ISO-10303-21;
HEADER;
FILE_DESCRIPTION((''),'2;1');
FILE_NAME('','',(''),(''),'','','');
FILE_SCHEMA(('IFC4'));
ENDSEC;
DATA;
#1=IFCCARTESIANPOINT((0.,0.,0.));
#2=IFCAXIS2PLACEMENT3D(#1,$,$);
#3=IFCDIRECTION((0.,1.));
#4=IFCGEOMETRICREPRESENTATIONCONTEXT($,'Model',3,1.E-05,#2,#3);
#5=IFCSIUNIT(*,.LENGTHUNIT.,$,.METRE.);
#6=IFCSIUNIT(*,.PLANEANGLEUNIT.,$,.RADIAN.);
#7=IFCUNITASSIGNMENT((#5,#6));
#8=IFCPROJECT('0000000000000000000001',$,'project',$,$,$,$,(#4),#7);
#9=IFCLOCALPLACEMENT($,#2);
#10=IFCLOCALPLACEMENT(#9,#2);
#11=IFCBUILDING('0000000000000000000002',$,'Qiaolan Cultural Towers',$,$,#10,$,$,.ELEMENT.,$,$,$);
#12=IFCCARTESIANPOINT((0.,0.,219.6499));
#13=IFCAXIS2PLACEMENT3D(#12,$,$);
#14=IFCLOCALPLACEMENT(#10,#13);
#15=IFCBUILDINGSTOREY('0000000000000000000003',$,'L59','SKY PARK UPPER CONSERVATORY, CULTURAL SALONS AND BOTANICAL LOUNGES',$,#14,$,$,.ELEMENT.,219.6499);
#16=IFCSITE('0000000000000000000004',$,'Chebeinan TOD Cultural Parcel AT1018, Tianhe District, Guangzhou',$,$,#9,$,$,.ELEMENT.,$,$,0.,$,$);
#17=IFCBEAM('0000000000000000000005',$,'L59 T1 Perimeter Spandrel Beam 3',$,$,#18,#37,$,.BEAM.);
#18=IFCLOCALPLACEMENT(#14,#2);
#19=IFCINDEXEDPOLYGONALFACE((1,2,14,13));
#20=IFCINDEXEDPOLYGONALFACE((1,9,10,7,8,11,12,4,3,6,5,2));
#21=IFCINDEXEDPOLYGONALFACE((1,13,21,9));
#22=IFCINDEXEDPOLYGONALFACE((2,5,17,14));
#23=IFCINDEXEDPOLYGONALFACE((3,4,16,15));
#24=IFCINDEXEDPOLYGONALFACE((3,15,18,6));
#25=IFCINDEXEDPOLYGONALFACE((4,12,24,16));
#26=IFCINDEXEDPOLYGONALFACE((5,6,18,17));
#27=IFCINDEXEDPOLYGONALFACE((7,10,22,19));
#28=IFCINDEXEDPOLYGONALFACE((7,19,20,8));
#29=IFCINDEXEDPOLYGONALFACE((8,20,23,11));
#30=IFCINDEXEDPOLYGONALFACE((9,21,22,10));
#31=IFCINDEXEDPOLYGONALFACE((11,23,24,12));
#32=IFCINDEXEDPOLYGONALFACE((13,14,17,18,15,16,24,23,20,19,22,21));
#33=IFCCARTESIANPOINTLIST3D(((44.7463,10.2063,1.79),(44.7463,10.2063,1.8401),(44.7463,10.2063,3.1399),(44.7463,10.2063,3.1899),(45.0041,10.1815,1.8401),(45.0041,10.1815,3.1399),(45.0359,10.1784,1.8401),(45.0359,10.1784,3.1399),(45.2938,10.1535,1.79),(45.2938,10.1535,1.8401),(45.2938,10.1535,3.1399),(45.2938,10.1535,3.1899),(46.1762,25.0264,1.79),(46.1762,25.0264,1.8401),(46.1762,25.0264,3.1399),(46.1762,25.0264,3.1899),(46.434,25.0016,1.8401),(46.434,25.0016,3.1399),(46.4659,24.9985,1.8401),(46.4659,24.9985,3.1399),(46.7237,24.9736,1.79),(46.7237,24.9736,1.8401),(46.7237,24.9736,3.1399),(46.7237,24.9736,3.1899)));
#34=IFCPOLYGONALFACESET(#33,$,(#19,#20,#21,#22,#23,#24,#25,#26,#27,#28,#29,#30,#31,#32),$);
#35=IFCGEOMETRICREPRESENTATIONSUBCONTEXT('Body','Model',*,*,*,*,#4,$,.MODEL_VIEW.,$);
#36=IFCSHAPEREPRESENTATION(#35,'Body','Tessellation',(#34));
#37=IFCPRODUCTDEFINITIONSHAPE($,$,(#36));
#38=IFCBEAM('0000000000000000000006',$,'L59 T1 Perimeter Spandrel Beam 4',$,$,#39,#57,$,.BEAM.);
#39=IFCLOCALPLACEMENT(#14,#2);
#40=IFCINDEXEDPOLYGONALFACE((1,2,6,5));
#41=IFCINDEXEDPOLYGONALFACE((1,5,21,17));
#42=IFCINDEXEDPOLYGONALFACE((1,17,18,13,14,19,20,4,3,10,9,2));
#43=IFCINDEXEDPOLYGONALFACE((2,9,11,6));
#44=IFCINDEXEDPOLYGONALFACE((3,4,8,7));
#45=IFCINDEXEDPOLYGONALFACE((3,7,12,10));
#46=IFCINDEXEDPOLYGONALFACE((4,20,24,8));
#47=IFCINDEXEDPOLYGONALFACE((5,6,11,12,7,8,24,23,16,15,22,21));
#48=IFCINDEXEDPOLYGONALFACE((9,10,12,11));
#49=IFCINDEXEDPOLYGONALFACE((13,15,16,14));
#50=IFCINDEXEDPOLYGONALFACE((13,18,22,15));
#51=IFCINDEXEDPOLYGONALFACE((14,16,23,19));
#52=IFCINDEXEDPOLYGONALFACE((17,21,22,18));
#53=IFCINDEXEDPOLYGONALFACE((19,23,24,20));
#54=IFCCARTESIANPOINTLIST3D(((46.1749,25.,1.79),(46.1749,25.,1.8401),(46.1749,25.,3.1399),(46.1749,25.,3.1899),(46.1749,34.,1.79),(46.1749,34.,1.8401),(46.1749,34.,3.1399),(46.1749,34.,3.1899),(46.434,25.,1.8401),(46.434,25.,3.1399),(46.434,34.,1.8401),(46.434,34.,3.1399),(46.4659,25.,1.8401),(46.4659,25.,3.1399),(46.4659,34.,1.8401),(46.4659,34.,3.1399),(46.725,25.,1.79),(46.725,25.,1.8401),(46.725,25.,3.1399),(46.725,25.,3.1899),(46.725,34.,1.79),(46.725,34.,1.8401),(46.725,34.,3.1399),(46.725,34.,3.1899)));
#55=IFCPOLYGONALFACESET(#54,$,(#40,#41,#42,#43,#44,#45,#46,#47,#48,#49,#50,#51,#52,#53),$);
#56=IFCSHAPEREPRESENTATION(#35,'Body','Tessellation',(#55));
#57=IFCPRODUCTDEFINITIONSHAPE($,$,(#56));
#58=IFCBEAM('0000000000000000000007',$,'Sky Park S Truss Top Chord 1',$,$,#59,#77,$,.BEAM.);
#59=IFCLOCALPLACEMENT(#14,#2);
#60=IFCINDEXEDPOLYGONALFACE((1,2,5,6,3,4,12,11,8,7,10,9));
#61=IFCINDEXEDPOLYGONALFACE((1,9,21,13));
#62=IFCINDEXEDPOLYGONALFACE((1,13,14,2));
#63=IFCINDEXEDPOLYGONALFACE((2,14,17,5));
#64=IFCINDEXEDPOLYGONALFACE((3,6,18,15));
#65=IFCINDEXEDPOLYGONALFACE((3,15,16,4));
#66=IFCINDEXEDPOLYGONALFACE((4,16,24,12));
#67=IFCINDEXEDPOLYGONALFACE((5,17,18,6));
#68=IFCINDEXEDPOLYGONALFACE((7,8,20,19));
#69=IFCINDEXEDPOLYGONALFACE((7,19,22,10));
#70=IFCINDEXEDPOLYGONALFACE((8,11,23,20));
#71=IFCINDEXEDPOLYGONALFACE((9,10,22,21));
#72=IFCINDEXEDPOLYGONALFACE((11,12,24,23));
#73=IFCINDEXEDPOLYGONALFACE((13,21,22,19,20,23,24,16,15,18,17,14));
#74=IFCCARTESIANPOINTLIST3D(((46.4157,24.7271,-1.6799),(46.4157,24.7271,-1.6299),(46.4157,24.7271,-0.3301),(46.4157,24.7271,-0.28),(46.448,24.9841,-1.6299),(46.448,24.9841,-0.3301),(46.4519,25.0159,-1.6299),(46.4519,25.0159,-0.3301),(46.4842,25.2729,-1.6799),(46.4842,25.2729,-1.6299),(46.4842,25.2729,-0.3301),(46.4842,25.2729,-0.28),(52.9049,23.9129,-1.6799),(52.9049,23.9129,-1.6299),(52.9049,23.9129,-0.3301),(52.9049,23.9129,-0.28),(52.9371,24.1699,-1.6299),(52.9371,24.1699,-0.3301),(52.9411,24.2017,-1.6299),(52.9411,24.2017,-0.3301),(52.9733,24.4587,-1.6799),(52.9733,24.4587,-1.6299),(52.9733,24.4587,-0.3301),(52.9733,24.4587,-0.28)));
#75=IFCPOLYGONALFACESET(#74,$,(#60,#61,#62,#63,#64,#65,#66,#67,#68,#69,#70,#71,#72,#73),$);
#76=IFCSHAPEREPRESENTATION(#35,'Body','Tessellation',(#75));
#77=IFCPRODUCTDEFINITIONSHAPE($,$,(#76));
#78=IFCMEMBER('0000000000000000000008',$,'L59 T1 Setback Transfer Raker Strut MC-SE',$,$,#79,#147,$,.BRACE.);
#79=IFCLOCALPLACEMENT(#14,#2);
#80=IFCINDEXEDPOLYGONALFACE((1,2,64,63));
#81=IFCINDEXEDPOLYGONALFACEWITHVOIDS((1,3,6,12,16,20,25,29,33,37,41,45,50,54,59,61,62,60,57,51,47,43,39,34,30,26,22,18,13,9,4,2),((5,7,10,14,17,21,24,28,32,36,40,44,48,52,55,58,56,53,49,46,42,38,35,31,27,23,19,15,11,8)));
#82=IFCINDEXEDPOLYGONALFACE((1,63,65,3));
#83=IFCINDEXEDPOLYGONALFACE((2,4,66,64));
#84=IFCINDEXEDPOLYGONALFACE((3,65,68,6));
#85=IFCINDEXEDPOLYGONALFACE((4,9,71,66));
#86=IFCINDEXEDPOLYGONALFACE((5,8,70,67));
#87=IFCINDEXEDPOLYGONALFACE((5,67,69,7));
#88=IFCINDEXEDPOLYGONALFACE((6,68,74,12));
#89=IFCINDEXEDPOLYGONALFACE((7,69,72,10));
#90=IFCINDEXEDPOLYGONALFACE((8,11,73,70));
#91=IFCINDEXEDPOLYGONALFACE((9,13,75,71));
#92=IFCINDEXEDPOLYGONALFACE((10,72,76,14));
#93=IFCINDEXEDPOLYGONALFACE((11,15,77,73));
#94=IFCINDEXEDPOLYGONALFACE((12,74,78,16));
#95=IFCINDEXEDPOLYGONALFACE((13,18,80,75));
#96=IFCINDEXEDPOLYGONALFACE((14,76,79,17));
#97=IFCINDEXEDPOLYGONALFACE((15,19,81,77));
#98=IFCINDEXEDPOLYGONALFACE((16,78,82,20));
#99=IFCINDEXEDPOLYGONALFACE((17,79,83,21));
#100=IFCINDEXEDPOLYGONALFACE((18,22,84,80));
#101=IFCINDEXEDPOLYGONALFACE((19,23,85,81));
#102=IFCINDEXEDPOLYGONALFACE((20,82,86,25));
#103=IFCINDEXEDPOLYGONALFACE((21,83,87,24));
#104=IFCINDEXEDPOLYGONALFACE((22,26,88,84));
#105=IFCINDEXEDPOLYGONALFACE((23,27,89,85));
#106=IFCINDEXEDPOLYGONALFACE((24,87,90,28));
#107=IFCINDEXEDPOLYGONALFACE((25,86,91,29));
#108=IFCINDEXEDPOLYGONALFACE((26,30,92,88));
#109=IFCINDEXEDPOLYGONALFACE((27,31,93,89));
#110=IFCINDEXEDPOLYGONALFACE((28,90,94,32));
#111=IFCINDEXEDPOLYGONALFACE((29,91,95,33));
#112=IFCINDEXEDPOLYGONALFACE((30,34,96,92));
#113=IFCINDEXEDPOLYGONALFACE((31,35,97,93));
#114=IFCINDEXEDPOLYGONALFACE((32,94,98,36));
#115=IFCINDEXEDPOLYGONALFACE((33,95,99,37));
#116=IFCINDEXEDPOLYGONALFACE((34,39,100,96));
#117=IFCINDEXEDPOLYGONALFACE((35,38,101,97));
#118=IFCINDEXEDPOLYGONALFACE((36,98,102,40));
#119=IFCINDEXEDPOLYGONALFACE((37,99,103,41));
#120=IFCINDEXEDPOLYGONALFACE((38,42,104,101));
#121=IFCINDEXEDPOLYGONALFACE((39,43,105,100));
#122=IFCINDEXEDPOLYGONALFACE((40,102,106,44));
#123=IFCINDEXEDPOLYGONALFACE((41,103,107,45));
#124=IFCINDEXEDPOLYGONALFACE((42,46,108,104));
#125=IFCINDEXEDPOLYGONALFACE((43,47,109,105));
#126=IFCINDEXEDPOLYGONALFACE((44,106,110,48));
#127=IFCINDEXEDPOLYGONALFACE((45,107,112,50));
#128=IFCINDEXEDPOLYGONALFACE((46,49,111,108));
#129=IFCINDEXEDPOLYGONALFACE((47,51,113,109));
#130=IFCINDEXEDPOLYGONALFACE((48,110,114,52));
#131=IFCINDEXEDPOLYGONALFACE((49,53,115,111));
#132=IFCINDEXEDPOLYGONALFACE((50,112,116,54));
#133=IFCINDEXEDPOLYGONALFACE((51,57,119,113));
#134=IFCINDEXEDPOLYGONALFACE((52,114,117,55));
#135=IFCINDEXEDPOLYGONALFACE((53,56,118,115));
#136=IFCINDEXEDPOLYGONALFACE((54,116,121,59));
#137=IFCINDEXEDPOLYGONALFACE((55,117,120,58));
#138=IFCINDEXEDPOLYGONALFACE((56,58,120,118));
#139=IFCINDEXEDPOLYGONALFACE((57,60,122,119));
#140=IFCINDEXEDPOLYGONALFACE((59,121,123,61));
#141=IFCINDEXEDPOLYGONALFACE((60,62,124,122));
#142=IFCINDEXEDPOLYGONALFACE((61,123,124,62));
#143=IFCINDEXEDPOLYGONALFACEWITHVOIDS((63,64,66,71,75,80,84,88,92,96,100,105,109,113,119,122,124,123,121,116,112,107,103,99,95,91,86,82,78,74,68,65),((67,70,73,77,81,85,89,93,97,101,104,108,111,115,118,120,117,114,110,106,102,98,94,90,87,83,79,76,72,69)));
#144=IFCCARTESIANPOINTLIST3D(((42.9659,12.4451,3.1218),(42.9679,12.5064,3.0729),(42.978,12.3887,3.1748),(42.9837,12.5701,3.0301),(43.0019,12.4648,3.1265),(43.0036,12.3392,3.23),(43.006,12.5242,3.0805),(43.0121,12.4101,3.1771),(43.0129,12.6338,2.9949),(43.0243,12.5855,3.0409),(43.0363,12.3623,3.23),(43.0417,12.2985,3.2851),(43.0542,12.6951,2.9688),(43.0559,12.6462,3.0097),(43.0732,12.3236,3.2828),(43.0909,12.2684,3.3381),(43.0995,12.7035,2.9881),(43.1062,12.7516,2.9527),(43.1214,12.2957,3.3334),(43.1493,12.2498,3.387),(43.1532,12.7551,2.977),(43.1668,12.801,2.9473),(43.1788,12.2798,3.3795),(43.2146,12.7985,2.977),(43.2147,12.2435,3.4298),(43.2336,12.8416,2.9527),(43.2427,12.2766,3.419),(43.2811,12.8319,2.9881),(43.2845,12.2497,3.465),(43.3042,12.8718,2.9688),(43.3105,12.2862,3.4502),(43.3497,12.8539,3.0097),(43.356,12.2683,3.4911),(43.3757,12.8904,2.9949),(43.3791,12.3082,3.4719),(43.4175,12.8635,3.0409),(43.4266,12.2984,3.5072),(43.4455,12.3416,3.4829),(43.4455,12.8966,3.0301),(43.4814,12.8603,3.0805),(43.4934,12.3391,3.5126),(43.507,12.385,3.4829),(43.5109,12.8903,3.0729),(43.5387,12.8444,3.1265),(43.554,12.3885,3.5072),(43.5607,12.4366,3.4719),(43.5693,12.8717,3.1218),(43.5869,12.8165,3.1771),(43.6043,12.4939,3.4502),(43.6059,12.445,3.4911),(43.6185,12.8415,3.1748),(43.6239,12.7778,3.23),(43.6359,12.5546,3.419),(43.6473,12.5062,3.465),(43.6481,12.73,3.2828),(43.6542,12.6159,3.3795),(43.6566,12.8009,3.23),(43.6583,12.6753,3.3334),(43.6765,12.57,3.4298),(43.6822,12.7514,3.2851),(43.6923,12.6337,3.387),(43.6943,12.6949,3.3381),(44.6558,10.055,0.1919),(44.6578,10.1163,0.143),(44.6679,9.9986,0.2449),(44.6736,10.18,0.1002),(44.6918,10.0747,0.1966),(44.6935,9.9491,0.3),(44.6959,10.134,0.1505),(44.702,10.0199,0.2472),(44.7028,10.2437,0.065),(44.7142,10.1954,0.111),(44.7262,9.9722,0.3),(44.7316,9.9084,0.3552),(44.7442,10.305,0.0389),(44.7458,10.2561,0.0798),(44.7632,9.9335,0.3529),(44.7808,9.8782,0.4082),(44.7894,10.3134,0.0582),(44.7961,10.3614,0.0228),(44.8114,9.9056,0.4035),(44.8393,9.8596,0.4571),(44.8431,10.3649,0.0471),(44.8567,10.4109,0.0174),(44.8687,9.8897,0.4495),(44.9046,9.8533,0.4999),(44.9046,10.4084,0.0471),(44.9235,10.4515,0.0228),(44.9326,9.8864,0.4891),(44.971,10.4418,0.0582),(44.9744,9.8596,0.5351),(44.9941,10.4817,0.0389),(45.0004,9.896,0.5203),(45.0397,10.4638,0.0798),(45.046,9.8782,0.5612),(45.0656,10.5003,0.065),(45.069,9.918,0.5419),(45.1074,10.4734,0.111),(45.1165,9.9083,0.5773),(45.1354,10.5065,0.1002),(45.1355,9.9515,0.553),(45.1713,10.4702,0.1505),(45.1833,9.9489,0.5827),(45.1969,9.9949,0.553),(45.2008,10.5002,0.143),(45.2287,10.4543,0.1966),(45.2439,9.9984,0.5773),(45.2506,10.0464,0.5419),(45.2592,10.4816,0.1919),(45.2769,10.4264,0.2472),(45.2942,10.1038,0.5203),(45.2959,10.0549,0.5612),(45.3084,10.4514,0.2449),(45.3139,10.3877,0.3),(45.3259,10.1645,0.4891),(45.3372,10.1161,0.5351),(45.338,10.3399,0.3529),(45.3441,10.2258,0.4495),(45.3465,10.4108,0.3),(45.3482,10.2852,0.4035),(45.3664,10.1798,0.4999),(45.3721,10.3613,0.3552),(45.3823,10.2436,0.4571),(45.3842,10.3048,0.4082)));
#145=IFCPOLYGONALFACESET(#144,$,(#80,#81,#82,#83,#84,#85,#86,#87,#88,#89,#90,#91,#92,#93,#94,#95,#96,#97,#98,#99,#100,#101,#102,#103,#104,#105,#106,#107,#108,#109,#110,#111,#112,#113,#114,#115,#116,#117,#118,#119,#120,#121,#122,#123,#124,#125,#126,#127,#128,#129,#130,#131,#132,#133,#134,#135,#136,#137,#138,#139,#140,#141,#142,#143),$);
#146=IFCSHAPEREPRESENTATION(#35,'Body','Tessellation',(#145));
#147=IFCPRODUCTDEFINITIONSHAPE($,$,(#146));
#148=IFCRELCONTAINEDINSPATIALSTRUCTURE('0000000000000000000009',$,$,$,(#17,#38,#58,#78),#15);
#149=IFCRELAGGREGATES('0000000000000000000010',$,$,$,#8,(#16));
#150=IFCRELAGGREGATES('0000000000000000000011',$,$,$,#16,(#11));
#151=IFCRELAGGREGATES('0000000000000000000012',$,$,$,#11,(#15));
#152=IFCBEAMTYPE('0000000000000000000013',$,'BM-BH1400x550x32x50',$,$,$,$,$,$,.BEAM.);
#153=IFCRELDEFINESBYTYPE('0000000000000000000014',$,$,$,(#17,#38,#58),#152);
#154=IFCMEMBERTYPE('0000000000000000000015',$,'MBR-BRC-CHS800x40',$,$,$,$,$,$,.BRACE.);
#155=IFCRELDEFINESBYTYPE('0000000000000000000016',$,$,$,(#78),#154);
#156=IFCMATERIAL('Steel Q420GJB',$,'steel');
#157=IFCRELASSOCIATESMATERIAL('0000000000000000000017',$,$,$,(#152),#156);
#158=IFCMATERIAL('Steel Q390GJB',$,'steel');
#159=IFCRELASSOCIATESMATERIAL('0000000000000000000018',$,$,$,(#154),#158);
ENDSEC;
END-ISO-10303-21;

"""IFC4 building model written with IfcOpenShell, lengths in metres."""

from ifc_helpers import new_model, si_unit, direction, frame, origin, origin_2d, place, context, subcontext, project, spatial, hollow_circle, i_section, extrude, material, material_profile, profile_set, type_object, element, save


model = new_model("IFC4")

# Units and contexts
model_context = context("Model", 3, precision=1e-05, world=origin(), true_north=direction((0.0, 1.0)))
body_context = subcontext(model_context, "Body", "Model", "MODEL_VIEW")
ifc_project = project(units=[si_unit("LENGTHUNIT", "METRE"), si_unit("PLANEANGLEUNIT", "RADIAN")], contexts=[model_context])

# Site, building, storey
site_placement = place(None, origin())
site = spatial("IfcSite", under=ifc_project, at=site_placement, Name="Chebeinan TOD Cultural Parcel AT1018, Tianhe District, Guangzhou", CompositionType="ELEMENT", RefElevation=0.0)
building_placement = place(site_placement, origin())
building = spatial("IfcBuilding", under=site, at=building_placement, Name="Qiaolan Cultural Towers", CompositionType="ELEMENT")
storey_placement = place(building_placement, frame((0.0, 0.0, 219.6499)))
storey = spatial("IfcBuildingStorey", under=building, at=storey_placement, Name="L59", Description="SKY PARK UPPER CONSERVATORY, CULTURAL SALONS AND BOTANICAL LOUNGES", CompositionType="ELEMENT", Elevation=219.6499)

# Beams
ifc_material_1 = material(Name="Steel Q420GJB", Category="steel")
ifc_material_profile_1 = material_profile(ifc_material_1, i_section(OverallWidth=0.55, OverallDepth=1.3999, WebThickness=0.032, FlangeThickness=0.05, at=origin_2d()), Name="BH1400x550x32x50")
ifc_profile_set_1 = profile_set([ifc_material_profile_1], Name="Steel Q420GJB")
beam_type = type_object("IfcBeamType", Name="BM-BH1400x550x32x50", PredefinedType="BEAM", material=ifc_profile_set_1)
beam_1_placement = place(storey_placement, frame((45.02, 10.1799, 2.49), z_axis=(0.09604, 0.995377, 0.0), x_axis=(-0.995377, 0.09604, 0.0)))
element("IfcBeam", 1, at=beam_1_placement, inside=storey, type_object=beam_type, Name="L59 T1 Perimeter Spandrel Beam 3", PredefinedType="BEAM", context=body_context, shape_type="SweptSolid", body=[
    extrude(i_section(OverallWidth=0.55, OverallDepth=1.3999, WebThickness=0.032, FlangeThickness=0.05, at=origin_2d()), origin(), (0.0, 0.0, 1.0), 14.8889),
])
beam_2_placement = place(storey_placement, frame((46.45, 25.0, 2.49), z_axis=(0.0, 1.0, 0.0), x_axis=(-1.0, 0.0, 0.0)))
element("IfcBeam", 2, at=beam_2_placement, inside=storey, type_object=beam_type, Name="L59 T1 Perimeter Spandrel Beam 4", PredefinedType="BEAM", context=body_context, shape_type="SweptSolid", body=[
    extrude(i_section(OverallWidth=0.55, OverallDepth=1.3999, WebThickness=0.032, FlangeThickness=0.05, at=origin_2d()), origin(), (0.0, 0.0, 1.0), 9.0),
])
beam_3_placement = place(storey_placement, frame((46.45, 25.0, -0.98), z_axis=(0.99222, -0.124494, 0.0), x_axis=(0.124494, 0.99222, 0.0)))
element("IfcBeam", 3, at=beam_3_placement, inside=storey, type_object=beam_type, Name="Sky Park S Truss Top Chord 1", PredefinedType="BEAM", context=body_context, shape_type="SweptSolid", body=[
    extrude(i_section(OverallWidth=0.55, OverallDepth=1.3999, WebThickness=0.032, FlangeThickness=0.05, at=origin_2d()), origin(), (0.0, 0.0, 1.0), 6.54),
])

# Member
ifc_material_2 = material(Name="Steel Q390GJB", Category="steel")
ifc_material_profile_2 = material_profile(ifc_material_2, hollow_circle(Radius=0.3999, WallThickness=0.04, at=origin_2d()), Name="CHS800x40")
ifc_profile_set_2 = profile_set([ifc_material_profile_2], Name="Steel Q390GJB")
member_type = type_object("IfcMemberType", Name="MBR-BRC-CHS800x40", PredefinedType="BRACE", material=ifc_profile_set_2)
member_placement = place(storey_placement, frame((45.02, 10.1799, 0.3), z_axis=(-0.408037, 0.5771, 0.707433), x_axis=(-0.816519, -0.577318, 0.0)))
element("IfcMember", 4, at=member_placement, inside=storey, type_object=member_type, Name="L59 T1 Setback Transfer Raker Strut MC-SE", PredefinedType="BRACE", context=body_context, shape_type="SweptSolid", body=[
    extrude(hollow_circle(Radius=0.3999, WallThickness=0.04, at=origin_2d()), origin(), (0.0, 0.0, 1.0), 4.1416),
])

save(model, "model.ifc")
